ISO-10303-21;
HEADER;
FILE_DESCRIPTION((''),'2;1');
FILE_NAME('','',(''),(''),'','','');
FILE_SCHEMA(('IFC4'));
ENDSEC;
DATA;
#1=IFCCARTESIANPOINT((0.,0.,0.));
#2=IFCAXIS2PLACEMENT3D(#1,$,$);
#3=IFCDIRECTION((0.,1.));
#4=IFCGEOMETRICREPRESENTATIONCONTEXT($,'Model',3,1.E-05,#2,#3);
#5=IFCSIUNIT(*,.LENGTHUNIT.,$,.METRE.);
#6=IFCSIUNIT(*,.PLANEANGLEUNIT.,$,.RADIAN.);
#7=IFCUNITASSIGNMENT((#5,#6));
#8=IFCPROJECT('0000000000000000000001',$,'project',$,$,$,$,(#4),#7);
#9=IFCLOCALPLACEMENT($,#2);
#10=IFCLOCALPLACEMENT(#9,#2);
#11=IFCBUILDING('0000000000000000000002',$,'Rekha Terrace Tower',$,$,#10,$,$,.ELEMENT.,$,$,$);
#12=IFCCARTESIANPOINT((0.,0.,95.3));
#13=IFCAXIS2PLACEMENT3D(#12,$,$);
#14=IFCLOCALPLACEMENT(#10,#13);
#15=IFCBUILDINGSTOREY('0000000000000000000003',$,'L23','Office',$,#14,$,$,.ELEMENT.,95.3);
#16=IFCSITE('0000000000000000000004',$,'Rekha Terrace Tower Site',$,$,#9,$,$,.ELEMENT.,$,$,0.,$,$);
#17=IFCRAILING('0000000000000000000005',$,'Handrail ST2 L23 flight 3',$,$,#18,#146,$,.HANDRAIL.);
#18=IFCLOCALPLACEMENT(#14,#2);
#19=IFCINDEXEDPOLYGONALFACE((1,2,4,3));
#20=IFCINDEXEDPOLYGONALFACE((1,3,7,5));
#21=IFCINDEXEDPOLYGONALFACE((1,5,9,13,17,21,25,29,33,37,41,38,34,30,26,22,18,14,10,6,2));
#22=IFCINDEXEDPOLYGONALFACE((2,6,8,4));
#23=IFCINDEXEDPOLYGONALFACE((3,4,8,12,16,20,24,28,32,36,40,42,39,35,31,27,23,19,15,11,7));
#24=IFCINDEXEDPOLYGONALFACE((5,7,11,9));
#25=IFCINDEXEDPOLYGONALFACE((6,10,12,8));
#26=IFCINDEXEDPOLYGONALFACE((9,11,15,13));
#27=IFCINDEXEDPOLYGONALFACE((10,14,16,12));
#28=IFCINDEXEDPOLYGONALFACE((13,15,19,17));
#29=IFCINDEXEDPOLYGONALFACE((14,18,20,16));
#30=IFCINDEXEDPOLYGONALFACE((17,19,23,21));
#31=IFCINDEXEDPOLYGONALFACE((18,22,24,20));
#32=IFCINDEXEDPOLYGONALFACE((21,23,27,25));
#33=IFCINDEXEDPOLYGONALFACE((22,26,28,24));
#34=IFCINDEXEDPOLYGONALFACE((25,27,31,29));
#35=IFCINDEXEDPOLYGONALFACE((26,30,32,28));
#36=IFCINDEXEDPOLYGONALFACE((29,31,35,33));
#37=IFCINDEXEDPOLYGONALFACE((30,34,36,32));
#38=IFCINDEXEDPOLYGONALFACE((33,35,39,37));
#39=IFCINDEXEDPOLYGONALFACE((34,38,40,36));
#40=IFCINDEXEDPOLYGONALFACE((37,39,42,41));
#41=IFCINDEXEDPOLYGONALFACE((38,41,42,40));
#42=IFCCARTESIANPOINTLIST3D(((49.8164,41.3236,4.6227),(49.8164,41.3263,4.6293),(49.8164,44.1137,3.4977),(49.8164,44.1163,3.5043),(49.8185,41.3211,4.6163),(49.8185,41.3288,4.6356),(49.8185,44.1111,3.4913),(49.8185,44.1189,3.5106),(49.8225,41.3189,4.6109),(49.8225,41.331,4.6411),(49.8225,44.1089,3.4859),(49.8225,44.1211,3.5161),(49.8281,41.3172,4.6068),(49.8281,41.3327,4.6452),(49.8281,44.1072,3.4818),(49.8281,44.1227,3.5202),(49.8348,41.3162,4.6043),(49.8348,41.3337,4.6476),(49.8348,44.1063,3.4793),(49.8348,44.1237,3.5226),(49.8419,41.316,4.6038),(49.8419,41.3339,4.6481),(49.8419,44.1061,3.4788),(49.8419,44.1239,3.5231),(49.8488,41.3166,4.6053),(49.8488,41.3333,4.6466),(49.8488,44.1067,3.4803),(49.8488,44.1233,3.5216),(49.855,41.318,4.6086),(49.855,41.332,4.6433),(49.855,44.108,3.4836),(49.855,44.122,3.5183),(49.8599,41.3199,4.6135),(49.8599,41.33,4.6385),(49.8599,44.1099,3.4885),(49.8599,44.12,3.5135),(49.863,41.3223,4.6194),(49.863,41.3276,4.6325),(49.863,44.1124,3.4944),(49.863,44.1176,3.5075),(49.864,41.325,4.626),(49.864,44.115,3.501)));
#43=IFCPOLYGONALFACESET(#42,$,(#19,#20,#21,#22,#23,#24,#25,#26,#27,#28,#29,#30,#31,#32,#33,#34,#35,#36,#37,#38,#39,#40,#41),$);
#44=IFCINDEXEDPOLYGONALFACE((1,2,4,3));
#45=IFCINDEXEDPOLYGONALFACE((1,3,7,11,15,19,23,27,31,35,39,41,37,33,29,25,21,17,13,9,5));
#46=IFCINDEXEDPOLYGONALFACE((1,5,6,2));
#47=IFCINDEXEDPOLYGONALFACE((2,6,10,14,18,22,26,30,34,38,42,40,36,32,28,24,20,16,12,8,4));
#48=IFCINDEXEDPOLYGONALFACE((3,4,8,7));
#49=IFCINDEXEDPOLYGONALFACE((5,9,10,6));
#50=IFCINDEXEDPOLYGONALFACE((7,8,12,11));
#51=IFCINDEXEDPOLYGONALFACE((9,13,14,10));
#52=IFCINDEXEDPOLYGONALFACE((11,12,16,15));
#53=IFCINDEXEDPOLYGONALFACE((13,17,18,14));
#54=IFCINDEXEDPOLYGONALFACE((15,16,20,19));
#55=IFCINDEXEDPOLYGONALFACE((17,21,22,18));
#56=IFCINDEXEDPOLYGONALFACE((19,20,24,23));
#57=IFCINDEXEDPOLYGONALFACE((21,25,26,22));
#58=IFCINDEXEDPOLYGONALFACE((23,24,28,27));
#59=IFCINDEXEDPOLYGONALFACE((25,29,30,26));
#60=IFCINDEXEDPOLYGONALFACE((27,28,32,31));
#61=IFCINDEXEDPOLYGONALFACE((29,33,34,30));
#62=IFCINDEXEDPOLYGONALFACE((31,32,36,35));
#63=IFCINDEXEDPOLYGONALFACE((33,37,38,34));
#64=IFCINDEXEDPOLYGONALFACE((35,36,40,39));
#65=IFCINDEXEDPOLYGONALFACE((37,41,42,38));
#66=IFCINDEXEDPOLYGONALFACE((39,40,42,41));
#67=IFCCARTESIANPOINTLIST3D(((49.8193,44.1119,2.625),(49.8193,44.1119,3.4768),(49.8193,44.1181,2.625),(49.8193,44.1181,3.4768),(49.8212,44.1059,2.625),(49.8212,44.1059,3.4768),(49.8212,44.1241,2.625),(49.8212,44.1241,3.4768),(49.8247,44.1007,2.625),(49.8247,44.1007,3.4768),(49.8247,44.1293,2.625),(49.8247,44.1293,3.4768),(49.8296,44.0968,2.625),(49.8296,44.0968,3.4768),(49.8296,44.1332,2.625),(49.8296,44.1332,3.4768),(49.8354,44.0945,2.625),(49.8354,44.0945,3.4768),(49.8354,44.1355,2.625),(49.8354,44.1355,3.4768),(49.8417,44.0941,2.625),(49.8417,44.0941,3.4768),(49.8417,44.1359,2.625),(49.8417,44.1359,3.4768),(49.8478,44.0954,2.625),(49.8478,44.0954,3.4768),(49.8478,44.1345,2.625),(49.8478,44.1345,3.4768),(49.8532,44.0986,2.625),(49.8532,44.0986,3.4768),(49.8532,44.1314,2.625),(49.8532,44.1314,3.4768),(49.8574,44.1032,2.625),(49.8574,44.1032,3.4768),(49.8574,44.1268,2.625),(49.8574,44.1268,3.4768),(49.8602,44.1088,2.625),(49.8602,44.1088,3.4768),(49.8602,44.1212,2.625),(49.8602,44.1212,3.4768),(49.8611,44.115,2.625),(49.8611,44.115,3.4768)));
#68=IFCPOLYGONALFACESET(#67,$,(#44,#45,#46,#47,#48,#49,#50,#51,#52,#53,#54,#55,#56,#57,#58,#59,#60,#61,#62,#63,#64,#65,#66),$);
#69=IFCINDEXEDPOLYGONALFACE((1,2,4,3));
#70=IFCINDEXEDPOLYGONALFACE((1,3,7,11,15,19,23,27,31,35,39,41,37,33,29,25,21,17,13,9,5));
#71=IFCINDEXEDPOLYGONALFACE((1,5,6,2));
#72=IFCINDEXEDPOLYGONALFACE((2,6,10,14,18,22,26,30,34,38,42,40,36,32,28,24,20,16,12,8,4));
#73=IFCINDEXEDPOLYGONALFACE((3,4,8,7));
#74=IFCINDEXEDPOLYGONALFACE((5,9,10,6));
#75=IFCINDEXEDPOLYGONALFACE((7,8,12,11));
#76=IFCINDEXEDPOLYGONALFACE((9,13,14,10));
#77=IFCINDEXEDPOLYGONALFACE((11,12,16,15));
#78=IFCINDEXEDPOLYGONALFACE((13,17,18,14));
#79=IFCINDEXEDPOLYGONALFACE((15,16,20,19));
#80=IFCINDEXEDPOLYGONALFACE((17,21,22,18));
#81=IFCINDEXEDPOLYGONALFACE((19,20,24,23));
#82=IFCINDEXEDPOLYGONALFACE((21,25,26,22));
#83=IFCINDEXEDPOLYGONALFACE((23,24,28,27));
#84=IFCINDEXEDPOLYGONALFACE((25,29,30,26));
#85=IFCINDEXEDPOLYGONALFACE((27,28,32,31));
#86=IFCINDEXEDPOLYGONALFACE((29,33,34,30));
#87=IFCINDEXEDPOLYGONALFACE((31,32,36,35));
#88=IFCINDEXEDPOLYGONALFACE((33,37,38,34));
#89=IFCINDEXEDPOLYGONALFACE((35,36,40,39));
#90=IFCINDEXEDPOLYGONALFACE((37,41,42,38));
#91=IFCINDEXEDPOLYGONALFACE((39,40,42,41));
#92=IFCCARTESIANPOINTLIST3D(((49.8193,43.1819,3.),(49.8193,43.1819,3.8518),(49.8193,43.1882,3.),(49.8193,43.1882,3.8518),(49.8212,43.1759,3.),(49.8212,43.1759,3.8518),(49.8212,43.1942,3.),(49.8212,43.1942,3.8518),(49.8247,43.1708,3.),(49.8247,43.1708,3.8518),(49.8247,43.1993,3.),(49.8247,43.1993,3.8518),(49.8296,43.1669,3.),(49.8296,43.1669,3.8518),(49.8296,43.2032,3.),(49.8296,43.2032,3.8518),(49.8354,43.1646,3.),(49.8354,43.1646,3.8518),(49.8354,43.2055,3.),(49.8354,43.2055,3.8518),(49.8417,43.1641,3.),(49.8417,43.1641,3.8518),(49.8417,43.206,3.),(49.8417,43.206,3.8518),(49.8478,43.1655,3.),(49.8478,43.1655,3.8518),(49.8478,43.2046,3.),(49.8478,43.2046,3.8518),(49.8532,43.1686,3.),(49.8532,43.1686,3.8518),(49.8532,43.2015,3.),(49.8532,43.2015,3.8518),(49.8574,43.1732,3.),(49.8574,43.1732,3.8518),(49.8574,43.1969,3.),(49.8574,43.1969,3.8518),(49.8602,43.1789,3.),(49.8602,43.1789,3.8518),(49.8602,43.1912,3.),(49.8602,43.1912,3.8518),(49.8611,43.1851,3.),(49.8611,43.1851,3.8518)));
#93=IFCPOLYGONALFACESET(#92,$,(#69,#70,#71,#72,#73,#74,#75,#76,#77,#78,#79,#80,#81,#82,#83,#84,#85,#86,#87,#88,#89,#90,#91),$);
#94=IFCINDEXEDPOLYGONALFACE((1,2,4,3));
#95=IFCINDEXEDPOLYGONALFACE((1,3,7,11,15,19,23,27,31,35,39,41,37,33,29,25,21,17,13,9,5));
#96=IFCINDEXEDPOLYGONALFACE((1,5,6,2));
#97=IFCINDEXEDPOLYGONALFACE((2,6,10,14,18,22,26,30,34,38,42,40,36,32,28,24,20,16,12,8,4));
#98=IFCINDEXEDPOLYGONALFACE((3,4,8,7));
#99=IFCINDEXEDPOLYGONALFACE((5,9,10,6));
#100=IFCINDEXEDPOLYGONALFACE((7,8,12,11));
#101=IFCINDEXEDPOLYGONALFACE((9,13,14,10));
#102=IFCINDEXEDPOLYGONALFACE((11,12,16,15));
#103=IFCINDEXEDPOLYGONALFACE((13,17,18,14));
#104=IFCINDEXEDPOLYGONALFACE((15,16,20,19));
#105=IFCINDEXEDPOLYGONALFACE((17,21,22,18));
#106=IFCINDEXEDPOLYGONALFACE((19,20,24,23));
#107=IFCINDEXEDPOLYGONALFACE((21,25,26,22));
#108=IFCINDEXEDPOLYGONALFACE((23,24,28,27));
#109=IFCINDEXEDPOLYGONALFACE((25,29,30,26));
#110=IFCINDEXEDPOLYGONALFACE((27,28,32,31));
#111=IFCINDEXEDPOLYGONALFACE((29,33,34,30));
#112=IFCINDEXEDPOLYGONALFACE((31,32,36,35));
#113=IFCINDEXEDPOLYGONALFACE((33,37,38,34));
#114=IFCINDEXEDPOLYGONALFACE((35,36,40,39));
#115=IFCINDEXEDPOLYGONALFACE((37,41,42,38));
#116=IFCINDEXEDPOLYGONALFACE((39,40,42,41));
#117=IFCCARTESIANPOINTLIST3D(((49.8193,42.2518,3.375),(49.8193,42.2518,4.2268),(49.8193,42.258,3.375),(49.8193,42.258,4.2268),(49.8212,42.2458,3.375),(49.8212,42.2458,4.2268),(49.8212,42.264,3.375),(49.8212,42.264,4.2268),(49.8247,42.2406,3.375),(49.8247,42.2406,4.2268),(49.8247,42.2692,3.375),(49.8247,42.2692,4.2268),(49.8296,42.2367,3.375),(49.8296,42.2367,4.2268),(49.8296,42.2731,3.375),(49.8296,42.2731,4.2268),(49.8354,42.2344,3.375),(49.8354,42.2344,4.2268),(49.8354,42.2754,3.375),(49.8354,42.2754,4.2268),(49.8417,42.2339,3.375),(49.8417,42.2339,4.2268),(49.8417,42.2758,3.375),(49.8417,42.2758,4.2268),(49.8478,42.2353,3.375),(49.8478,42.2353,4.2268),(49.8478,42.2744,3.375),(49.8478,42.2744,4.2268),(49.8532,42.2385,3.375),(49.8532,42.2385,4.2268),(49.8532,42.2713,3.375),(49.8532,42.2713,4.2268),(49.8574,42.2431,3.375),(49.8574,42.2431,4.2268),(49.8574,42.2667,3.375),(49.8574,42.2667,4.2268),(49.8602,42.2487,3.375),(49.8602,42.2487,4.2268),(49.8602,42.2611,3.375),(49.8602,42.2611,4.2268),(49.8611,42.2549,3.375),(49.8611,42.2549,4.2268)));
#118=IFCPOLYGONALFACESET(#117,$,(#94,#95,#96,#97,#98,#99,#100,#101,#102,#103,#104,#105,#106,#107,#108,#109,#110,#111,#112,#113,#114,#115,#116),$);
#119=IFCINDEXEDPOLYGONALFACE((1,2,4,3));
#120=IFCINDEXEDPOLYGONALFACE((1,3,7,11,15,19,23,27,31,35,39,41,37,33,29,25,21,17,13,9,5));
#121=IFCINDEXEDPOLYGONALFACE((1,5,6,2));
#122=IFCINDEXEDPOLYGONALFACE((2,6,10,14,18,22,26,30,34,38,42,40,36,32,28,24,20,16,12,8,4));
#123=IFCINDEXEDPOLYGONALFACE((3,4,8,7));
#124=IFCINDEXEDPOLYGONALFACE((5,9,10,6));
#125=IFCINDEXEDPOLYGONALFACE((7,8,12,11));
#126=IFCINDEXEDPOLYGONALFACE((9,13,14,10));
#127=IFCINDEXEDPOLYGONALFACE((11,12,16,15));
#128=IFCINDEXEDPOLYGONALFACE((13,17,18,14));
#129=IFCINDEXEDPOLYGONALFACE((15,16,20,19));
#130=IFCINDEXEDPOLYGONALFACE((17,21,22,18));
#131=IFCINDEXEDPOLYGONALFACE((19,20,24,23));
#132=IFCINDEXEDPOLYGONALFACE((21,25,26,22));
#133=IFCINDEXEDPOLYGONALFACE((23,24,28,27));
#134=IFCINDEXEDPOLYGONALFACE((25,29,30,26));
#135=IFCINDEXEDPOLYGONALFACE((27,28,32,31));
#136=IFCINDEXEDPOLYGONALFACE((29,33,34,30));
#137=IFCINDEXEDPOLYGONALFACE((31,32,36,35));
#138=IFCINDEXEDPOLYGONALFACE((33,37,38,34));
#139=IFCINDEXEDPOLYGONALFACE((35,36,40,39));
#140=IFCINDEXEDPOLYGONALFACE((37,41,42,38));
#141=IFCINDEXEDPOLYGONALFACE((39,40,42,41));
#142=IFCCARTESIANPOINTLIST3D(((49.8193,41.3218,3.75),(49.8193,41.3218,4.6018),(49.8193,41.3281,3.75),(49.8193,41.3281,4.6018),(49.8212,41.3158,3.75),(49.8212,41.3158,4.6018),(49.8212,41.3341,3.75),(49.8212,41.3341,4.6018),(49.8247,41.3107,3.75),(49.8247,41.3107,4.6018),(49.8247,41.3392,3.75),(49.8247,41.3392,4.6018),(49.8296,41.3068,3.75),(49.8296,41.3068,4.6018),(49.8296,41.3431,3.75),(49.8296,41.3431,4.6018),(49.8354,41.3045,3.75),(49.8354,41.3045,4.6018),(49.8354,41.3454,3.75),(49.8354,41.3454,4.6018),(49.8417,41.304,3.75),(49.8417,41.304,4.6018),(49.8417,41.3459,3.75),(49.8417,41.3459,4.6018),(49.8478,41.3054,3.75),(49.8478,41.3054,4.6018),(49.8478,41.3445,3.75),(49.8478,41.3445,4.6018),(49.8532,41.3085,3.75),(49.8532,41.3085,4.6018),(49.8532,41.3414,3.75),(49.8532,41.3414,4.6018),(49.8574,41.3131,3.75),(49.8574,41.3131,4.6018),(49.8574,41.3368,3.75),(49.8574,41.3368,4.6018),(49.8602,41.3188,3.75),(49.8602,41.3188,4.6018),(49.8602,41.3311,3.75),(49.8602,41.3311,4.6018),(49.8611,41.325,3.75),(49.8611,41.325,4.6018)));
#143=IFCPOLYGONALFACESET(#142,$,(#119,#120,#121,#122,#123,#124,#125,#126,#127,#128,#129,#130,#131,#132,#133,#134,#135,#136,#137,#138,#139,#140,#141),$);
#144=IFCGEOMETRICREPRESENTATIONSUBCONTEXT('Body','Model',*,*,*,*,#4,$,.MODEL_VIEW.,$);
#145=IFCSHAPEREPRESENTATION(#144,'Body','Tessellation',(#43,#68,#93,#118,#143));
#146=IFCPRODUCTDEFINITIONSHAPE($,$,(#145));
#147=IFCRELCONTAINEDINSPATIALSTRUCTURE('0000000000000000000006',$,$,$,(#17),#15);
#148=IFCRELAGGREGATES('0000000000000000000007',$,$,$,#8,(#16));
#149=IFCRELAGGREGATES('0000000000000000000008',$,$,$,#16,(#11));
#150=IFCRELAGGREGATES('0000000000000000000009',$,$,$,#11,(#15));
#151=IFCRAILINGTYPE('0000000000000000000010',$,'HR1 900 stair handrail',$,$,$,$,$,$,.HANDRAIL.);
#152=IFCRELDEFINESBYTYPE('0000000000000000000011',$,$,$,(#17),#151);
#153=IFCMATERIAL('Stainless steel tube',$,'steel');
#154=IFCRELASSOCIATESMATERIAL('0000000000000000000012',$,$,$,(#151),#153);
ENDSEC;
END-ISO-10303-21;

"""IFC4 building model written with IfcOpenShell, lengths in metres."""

from ifc_helpers import new_model, si_unit, direction, frame, origin, origin_2d, place, context, subcontext, project, spatial, circle, extrude, material, type_object, element, save


model = new_model("IFC4")

# Units and contexts
model_context = context("Model", 3, precision=1e-05, world=origin(), true_north=direction((0.0, 1.0)))
body_context = subcontext(model_context, "Body", "Model", "MODEL_VIEW")
ifc_project = project(units=[si_unit("LENGTHUNIT", "METRE"), si_unit("PLANEANGLEUNIT", "RADIAN")], contexts=[model_context])

# Site, building, storey
site_placement = place(None, origin())
site = spatial("IfcSite", under=ifc_project, at=site_placement, Name="Rekha Terrace Tower Site", CompositionType="ELEMENT", RefElevation=0.0)
building_placement = place(site_placement, origin())
building = spatial("IfcBuilding", under=site, at=building_placement, Name="Rekha Terrace Tower", CompositionType="ELEMENT")
storey_placement = place(building_placement, frame((0.0, 0.0, 95.3)))
storey = spatial("IfcBuildingStorey", under=building, at=storey_placement, Name="L23", Description="Office", CompositionType="ELEMENT", Elevation=95.3)

# Railing
ifc_material_1 = material(Name="Stainless steel tube", Category="steel")
railing_type_1 = type_object("IfcRailingType", Name="HR1 900 stair handrail", PredefinedType="HANDRAIL", material=ifc_material_1)
railing_1_placement = place(storey_placement, frame((49.8401, 44.115, 2.625)))
element("IfcRailing", 1, at=railing_1_placement, inside=storey, type_object=railing_type_1, Name="Handrail ST2 L23 flight 3", PredefinedType="HANDRAIL", context=body_context, shape_type="SweptSolid", body=[
    extrude(circle(Radius=0.0239, at=origin_2d()), frame((0.0, 0.0, 0.876), z_axis=(0.0, -0.927443, 0.373964), x_axis=(1.0, 0.0, 0.0)), (0.0, 0.0, 1.0), 3.0083),
    extrude(circle(Radius=0.021, at=origin_2d()), origin(), (0.0, 0.0, 1.0), 0.8518),
    extrude(circle(Radius=0.021, at=origin_2d()), frame((0.0, -0.9299, 0.375)), (0.0, 0.0, 1.0), 0.8518),
    extrude(circle(Radius=0.021, at=origin_2d()), frame((0.0, -1.8601, 0.75)), (0.0, 0.0, 1.0), 0.8518),
    extrude(circle(Radius=0.021, at=origin_2d()), frame((0.0, -2.79, 1.125)), (0.0, 0.0, 1.0), 0.8518),
])

save(model, "model.ifc")
